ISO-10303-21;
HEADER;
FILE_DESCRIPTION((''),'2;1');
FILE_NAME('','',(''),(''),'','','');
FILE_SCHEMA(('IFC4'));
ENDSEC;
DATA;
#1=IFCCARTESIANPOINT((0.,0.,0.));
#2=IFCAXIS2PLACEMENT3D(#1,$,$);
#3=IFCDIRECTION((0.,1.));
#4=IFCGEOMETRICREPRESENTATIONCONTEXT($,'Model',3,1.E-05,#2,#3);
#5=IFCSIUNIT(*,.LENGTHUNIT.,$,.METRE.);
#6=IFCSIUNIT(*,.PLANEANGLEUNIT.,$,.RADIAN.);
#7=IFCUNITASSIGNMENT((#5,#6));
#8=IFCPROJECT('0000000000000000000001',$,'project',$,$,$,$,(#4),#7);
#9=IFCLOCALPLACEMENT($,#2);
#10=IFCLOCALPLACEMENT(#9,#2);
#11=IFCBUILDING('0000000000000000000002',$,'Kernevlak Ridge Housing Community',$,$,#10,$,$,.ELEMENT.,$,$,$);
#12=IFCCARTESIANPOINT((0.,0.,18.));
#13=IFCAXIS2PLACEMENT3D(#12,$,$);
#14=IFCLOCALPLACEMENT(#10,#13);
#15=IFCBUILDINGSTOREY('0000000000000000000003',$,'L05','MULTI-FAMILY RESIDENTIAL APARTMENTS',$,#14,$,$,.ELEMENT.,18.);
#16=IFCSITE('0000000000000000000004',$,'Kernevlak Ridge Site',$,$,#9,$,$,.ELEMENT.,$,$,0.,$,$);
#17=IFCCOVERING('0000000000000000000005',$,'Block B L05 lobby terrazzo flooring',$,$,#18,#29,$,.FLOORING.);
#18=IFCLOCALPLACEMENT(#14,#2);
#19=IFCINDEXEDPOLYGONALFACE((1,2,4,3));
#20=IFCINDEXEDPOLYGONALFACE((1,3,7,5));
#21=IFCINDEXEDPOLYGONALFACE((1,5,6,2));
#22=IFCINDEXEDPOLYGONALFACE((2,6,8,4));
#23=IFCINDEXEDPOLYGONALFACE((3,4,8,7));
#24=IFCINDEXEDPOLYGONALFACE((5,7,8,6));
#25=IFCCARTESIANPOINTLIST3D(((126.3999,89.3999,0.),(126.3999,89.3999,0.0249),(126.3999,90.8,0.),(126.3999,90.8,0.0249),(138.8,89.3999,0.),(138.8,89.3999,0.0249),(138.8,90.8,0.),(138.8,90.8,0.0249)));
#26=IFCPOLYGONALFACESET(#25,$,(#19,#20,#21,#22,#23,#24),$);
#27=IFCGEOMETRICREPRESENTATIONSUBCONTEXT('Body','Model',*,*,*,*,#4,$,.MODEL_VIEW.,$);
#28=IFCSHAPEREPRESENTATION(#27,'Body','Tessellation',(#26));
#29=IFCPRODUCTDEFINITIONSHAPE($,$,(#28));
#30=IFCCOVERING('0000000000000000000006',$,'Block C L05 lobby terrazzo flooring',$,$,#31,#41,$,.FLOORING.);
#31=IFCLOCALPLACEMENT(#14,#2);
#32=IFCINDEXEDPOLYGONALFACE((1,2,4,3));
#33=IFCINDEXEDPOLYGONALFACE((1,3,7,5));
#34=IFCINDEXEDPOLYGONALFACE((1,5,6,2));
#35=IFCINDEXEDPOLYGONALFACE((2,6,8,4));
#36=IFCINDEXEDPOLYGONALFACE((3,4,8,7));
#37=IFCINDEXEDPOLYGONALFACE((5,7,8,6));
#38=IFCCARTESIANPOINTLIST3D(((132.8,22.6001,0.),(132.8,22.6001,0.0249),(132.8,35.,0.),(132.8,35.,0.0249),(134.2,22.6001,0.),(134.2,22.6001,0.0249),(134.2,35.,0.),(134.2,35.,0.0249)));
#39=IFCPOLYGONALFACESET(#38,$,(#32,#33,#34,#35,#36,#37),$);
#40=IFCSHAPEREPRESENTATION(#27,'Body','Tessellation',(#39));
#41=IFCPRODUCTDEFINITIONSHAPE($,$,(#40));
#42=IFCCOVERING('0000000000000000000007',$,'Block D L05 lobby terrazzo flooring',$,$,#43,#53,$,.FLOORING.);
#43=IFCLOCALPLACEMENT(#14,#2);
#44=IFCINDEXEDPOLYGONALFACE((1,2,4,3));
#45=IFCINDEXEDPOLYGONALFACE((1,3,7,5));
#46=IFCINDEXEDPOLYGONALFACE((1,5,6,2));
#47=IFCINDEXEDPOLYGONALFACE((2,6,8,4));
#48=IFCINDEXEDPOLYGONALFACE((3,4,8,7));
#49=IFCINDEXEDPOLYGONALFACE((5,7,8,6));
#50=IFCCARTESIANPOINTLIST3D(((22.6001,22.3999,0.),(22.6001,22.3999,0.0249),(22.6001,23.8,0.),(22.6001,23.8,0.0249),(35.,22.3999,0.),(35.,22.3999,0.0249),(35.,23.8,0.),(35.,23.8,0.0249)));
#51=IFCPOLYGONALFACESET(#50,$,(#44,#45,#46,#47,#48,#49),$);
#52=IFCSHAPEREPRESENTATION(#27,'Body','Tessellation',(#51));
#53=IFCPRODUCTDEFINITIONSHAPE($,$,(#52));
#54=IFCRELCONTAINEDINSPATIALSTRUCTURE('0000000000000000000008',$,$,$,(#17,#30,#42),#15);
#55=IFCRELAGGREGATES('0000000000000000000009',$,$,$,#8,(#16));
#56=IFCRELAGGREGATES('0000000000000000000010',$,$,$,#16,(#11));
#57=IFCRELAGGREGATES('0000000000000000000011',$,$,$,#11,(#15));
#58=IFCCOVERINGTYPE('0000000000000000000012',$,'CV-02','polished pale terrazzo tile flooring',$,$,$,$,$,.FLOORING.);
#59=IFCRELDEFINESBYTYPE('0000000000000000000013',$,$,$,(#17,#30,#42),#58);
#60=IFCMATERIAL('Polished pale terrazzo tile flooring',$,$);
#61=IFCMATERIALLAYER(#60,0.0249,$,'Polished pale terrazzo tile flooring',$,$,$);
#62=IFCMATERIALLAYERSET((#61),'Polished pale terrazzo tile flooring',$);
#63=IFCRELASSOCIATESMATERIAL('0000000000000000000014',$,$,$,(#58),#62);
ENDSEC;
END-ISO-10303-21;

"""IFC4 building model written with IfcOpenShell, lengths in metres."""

from ifc_helpers import new_model, si_unit, direction, frame, origin, place, context, subcontext, project, spatial, polyline, outline, extrude, material, layer, layer_set, type_object, element, save


model = new_model("IFC4")

# Units and contexts
model_context = context("Model", 3, precision=1e-05, world=origin(), true_north=direction((0.0, 1.0)))
body_context = subcontext(model_context, "Body", "Model", "MODEL_VIEW")
ifc_project = project(units=[si_unit("LENGTHUNIT", "METRE"), si_unit("PLANEANGLEUNIT", "RADIAN")], contexts=[model_context])

# Site, building, storey
site_placement = place(None, origin())
site = spatial("IfcSite", under=ifc_project, at=site_placement, Name="Kernevlak Ridge Site", CompositionType="ELEMENT", RefElevation=0.0)
building_placement = place(site_placement, origin())
building = spatial("IfcBuilding", under=site, at=building_placement, Name="Kernevlak Ridge Housing Community", CompositionType="ELEMENT")
storey_placement = place(building_placement, frame((0.0, 0.0, 18.0)))
storey = spatial("IfcBuildingStorey", under=building, at=storey_placement, Name="L05", Description="MULTI-FAMILY RESIDENTIAL APARTMENTS", CompositionType="ELEMENT", Elevation=18.0)

# Coverings
ifc_material_1 = material(Name="Polished pale terrazzo tile flooring")
ifc_layer_1 = layer(ifc_material_1, 0.0249, Name="Polished pale terrazzo tile flooring")
ifc_layer_set_1 = layer_set([ifc_layer_1], Name="Polished pale terrazzo tile flooring")
covering_type_1 = type_object("IfcCoveringType", Name="CV-02", Description="polished pale terrazzo tile flooring", PredefinedType="FLOORING", material=ifc_layer_set_1)
covering_1_placement = place(storey_placement, origin())
element("IfcCovering", 1, at=covering_1_placement, inside=storey, type_object=covering_type_1, Name="Block B L05 lobby terrazzo flooring", PredefinedType="FLOORING", context=body_context, shape_type="SweptSolid", body=[
    extrude(outline(polyline([(126.3999, 89.3999), (138.8, 89.3999), (138.8, 90.8), (126.3999, 90.8), (126.3999, 89.3999)])), origin(), (0.0, 0.0, 1.0), 0.0249),
])
covering_2_placement = place(storey_placement, origin())
element("IfcCovering", 2, at=covering_2_placement, inside=storey, type_object=covering_type_1, Name="Block C L05 lobby terrazzo flooring", PredefinedType="FLOORING", context=body_context, shape_type="SweptSolid", body=[
    extrude(outline(polyline([(134.2, 22.6001), (134.2, 35.0), (132.8, 35.0), (132.8, 22.6001), (134.2, 22.6001)])), origin(), (0.0, 0.0, 1.0), 0.0249),
])
covering_3_placement = place(storey_placement, origin())
element("IfcCovering", 3, at=covering_3_placement, inside=storey, type_object=covering_type_1, Name="Block D L05 lobby terrazzo flooring", PredefinedType="FLOORING", context=body_context, shape_type="SweptSolid", body=[
    extrude(outline(polyline([(22.6001, 22.3999), (35.0, 22.3999), (35.0, 23.8), (22.6001, 23.8), (22.6001, 22.3999)])), origin(), (0.0, 0.0, 1.0), 0.0249),
])

save(model, "model.ifc")
